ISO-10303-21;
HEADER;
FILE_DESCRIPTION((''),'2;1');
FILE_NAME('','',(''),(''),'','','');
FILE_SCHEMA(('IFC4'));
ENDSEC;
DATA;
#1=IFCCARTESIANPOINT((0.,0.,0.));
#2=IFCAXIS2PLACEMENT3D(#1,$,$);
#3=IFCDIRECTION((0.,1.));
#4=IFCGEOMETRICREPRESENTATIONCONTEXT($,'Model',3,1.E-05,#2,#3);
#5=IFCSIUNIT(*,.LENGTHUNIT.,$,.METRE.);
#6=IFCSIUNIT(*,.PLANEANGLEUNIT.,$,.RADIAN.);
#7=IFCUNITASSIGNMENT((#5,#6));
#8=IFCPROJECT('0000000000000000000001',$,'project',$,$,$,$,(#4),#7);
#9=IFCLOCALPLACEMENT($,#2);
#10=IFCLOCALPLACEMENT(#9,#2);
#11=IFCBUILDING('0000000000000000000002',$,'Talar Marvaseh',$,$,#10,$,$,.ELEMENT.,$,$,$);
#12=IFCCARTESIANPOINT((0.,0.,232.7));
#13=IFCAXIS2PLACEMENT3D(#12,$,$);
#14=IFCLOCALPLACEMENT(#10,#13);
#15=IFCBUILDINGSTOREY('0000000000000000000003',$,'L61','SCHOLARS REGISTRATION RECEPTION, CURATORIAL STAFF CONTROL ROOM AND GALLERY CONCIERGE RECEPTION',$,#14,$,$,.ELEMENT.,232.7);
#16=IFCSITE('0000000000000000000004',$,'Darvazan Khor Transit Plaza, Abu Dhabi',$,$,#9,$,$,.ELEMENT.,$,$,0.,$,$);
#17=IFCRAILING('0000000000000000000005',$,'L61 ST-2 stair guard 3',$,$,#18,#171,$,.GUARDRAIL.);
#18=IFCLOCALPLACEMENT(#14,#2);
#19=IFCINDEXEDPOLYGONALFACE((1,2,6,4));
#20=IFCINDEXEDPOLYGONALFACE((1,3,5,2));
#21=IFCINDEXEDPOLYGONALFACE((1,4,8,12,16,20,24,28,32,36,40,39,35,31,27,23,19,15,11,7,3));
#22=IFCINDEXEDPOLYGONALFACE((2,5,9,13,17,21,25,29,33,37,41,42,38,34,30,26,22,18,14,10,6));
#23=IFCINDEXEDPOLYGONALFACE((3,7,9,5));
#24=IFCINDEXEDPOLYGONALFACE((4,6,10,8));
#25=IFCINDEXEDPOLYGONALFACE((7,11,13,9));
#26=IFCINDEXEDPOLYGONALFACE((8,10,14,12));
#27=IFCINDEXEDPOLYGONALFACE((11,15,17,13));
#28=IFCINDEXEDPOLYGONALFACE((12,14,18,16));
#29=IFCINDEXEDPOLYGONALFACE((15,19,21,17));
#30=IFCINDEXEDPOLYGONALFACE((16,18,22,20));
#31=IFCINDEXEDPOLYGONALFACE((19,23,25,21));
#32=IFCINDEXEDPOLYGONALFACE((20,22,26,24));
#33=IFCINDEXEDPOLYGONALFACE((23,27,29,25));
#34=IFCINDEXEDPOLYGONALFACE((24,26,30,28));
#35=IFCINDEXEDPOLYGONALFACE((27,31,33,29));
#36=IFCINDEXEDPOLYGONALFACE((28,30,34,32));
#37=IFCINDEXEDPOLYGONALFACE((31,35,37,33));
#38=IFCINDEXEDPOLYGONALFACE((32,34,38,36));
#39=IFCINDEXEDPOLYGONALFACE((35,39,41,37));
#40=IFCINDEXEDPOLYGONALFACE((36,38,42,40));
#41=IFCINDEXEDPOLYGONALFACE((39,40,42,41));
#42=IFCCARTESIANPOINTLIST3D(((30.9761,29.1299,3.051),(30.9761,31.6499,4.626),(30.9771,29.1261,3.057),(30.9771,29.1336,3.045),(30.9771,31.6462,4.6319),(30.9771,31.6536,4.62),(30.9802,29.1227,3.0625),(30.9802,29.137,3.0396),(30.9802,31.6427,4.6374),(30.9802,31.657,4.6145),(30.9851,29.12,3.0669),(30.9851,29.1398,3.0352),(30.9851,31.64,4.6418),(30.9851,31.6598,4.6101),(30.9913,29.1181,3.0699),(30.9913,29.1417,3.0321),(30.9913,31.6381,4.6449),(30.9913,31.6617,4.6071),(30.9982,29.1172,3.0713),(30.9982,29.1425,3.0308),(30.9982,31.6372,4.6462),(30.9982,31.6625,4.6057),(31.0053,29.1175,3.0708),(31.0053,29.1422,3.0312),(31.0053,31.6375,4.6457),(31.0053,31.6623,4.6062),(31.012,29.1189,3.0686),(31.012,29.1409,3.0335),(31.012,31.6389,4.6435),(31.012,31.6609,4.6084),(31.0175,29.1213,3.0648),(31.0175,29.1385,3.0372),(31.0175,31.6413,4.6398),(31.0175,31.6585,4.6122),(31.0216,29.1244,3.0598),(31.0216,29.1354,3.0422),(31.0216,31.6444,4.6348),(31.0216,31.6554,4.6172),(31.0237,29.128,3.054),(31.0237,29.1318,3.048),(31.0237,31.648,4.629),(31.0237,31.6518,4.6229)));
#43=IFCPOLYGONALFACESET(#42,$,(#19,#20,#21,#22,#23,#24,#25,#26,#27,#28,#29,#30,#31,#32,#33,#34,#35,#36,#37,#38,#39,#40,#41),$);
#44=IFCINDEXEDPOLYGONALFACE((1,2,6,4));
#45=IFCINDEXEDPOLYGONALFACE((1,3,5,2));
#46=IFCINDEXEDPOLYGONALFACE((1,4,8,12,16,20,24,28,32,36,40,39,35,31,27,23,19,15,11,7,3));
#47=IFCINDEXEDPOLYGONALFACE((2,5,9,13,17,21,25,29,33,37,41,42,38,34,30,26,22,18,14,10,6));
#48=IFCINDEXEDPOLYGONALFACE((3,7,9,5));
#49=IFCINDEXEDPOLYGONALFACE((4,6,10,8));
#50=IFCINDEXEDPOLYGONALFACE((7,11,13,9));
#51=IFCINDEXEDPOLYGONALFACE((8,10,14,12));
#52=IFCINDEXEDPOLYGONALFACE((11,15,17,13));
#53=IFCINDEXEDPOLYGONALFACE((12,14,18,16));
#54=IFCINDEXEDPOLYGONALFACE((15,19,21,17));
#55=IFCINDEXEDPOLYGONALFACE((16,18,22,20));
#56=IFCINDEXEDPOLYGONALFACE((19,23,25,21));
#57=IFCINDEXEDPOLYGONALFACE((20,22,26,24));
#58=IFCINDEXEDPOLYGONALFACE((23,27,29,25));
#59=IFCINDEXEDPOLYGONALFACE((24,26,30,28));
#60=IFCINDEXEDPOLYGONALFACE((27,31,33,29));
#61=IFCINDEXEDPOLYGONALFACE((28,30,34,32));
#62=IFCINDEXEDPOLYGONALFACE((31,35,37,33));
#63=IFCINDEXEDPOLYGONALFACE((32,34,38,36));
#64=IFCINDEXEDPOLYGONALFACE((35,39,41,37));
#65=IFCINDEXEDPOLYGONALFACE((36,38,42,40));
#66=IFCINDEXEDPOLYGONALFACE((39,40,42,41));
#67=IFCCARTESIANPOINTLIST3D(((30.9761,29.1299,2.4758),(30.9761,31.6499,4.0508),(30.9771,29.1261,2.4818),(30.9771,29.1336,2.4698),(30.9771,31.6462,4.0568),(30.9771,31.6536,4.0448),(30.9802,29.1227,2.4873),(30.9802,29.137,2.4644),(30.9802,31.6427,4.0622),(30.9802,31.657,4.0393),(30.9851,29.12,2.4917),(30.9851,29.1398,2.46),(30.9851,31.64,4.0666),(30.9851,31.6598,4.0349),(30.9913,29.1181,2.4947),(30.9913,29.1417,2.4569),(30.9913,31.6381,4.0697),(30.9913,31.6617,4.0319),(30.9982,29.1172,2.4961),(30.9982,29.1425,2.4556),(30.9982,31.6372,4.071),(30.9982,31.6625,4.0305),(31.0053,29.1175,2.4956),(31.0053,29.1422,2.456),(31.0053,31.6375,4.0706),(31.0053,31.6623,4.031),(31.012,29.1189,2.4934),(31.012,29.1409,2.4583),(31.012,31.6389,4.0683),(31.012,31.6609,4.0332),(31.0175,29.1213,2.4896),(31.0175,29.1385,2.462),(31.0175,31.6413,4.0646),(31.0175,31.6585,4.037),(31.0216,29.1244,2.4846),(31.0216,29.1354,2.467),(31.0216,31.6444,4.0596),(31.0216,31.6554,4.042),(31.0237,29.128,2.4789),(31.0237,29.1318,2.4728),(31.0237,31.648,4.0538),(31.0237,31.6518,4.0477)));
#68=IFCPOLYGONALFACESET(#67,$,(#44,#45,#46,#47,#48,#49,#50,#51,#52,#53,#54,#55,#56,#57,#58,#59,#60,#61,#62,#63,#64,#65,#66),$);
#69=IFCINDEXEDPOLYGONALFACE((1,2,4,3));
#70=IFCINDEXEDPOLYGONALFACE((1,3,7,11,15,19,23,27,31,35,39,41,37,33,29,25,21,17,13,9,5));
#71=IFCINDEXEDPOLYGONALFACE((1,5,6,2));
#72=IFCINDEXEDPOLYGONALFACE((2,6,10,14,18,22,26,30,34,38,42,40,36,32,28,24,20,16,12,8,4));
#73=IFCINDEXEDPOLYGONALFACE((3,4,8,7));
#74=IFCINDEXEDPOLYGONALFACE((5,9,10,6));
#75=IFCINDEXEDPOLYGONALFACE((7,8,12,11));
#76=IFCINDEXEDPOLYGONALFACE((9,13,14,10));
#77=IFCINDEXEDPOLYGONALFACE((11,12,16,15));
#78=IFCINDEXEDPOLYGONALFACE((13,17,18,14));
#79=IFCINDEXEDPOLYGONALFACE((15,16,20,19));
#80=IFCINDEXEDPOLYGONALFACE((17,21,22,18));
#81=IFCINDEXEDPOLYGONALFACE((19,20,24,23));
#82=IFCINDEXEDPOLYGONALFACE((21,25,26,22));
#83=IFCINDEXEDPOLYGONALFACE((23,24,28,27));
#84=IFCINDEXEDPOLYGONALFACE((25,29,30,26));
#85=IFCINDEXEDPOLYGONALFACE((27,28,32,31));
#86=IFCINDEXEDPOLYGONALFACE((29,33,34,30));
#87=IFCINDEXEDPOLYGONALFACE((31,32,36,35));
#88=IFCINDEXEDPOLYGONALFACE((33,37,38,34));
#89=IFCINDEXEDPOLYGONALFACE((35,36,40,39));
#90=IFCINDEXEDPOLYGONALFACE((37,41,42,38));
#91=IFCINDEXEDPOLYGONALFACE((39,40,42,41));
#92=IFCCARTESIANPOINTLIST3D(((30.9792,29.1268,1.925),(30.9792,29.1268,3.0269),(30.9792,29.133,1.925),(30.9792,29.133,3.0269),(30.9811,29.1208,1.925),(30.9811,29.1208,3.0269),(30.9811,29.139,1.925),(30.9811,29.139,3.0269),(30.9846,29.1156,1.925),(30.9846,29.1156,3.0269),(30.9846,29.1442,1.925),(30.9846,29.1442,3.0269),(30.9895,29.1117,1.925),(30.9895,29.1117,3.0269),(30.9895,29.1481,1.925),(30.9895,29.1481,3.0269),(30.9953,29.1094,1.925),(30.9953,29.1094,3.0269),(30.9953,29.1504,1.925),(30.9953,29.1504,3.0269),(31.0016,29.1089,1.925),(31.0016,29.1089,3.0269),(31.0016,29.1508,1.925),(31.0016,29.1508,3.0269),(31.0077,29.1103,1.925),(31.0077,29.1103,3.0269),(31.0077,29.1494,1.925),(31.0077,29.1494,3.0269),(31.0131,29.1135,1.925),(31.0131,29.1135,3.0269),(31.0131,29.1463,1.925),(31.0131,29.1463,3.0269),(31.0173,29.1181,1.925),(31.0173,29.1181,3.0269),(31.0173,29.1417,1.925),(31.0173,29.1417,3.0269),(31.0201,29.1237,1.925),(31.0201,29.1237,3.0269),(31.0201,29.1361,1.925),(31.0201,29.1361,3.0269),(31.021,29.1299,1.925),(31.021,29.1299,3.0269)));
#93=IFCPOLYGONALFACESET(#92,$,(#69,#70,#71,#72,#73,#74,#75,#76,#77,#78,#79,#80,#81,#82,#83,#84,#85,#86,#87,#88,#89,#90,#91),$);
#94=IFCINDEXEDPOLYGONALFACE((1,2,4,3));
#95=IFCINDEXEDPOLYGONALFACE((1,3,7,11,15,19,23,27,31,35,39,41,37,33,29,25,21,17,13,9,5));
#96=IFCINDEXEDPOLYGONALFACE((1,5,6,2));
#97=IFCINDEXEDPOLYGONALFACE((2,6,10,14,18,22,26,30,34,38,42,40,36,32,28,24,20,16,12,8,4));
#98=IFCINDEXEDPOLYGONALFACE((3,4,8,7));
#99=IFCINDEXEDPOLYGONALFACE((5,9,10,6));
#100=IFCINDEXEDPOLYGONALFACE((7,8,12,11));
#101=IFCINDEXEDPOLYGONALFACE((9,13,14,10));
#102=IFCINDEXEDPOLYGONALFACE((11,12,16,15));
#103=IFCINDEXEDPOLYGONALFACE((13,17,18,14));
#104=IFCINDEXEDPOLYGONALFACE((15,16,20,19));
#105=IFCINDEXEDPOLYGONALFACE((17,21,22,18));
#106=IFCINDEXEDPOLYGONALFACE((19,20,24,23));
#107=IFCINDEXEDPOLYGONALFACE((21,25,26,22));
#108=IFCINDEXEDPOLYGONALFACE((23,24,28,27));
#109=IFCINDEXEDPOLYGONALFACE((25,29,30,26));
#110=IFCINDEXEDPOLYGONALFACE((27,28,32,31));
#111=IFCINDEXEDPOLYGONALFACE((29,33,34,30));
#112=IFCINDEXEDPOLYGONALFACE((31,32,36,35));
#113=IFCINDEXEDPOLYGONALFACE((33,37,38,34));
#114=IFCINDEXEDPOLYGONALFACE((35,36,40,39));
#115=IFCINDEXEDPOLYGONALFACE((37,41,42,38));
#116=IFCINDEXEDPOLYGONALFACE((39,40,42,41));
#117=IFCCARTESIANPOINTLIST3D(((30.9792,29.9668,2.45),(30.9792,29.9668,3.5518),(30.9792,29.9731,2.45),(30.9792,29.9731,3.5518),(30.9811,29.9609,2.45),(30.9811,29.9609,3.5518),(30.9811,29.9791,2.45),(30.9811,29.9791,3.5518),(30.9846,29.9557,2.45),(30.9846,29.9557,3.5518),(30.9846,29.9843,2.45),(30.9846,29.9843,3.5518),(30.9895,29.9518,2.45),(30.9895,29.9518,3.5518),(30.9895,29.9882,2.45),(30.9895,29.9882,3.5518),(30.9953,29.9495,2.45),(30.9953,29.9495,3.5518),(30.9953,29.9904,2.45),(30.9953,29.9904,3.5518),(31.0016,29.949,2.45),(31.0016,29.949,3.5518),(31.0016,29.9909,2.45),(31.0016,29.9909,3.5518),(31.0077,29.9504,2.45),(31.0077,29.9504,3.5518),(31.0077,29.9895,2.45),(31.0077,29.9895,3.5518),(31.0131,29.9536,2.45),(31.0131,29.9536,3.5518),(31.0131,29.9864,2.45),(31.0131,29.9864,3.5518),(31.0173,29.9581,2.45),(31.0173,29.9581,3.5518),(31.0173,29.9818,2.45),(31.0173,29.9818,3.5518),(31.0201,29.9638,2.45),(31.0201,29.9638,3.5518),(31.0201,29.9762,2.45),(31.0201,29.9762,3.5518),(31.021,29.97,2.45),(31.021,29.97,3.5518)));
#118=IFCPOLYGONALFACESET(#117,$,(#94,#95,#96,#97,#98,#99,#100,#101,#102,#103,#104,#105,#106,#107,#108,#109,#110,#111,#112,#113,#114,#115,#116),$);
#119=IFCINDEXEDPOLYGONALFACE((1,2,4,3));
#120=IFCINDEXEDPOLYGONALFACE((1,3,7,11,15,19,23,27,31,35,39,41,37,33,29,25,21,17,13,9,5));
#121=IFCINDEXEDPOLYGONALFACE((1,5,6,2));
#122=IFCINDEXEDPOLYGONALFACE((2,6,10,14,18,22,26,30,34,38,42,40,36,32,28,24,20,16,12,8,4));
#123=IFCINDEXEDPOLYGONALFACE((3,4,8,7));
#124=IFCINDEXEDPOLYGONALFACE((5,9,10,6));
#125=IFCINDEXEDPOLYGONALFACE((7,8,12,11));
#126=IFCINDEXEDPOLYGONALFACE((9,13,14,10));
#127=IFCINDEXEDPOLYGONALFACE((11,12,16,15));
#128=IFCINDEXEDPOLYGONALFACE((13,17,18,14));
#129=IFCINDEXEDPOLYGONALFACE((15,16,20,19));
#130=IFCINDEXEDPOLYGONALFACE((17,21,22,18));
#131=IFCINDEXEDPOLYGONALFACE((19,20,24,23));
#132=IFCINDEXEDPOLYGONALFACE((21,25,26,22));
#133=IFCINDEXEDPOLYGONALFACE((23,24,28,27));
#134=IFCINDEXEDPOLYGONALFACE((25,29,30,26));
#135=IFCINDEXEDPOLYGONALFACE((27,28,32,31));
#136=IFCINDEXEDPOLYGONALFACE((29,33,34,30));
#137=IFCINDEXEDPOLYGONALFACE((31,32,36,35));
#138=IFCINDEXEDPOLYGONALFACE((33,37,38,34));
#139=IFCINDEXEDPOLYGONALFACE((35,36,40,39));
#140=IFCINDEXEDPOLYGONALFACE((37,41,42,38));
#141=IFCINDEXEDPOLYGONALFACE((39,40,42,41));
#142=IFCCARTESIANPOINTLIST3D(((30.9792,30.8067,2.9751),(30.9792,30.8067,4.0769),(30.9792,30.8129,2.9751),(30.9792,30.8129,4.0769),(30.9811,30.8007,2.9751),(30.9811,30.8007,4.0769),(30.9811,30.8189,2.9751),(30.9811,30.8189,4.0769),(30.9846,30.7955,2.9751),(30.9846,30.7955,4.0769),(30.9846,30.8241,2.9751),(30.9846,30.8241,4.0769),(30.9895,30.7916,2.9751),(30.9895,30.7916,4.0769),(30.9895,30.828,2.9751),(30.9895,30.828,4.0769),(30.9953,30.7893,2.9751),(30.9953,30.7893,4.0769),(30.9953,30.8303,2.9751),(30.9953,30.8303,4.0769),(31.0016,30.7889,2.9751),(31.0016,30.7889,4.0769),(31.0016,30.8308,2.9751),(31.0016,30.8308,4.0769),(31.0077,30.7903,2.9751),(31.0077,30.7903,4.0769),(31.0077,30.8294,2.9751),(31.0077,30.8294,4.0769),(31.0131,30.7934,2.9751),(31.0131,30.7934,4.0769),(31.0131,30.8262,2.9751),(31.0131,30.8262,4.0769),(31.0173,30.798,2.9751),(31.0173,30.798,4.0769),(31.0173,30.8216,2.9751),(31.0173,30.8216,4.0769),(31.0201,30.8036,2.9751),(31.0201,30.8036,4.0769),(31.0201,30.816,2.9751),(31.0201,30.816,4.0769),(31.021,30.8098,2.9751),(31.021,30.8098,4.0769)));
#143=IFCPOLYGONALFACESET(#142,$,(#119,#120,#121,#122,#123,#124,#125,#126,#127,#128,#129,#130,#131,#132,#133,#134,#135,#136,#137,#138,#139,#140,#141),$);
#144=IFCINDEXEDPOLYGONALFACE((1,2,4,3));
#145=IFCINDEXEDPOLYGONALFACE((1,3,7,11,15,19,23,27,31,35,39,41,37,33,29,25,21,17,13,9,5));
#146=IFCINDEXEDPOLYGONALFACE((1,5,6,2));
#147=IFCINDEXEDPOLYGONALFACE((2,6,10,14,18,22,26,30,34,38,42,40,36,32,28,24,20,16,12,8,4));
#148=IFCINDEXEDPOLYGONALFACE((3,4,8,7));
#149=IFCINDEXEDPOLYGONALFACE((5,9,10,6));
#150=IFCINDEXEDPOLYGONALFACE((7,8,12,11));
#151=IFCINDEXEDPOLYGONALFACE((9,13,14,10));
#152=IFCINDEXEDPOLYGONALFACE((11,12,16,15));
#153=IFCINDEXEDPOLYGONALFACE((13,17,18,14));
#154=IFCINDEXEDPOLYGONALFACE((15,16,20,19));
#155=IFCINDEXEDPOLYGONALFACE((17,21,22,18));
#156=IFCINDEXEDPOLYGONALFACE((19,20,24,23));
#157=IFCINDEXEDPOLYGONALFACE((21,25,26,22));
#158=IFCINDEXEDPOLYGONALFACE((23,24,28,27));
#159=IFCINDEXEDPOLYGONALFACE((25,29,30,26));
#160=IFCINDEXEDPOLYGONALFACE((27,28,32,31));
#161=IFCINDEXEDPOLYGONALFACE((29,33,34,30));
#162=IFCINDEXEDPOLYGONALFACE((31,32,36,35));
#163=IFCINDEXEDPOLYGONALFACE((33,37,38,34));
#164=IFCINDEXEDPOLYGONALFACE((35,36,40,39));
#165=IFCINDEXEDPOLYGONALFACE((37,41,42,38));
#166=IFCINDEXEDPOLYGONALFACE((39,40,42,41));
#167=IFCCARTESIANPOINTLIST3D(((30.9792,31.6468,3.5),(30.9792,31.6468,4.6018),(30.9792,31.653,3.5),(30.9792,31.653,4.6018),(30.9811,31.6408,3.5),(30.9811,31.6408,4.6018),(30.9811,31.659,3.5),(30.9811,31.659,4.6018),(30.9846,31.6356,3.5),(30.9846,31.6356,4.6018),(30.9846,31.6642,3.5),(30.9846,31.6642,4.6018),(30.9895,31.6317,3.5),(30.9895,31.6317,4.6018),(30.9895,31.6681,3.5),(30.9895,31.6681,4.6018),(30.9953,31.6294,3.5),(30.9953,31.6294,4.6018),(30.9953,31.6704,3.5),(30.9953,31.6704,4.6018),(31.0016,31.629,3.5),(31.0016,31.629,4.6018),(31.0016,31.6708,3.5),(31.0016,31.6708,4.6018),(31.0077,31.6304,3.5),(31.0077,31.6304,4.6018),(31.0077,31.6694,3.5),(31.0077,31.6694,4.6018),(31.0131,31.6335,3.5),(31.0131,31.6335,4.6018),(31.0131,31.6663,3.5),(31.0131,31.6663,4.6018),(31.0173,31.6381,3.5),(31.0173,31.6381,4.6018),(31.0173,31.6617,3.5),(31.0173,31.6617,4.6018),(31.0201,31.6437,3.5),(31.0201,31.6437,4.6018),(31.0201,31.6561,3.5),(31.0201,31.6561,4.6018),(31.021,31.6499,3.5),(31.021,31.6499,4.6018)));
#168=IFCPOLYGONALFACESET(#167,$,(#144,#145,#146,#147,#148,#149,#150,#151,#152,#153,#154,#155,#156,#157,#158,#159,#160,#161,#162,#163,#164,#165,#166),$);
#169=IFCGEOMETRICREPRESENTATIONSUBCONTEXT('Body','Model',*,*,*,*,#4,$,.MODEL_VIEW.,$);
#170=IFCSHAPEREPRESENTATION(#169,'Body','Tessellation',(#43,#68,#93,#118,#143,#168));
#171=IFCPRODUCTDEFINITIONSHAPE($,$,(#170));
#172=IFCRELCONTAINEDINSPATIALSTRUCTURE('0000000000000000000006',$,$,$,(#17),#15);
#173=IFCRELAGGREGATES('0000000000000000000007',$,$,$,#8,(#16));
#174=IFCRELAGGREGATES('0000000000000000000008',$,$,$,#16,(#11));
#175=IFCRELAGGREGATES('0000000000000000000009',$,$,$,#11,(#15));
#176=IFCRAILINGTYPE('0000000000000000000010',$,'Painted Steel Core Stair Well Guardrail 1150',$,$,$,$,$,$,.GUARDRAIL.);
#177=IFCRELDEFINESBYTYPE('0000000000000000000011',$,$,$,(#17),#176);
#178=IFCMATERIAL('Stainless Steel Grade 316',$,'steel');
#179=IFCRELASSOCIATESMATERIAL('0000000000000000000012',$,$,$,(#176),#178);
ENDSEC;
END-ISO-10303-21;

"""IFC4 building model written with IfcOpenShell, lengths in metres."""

from ifc_helpers import new_model, si_unit, direction, frame, origin, origin_2d, place, context, subcontext, project, spatial, circle, extrude, material, type_object, element, save


model = new_model("IFC4")

# Units and contexts
model_context = context("Model", 3, precision=1e-05, world=origin(), true_north=direction((0.0, 1.0)))
body_context = subcontext(model_context, "Body", "Model", "MODEL_VIEW")
ifc_project = project(units=[si_unit("LENGTHUNIT", "METRE"), si_unit("PLANEANGLEUNIT", "RADIAN")], contexts=[model_context])

# Site, building, storey
site_placement = place(None, origin())
site = spatial("IfcSite", under=ifc_project, at=site_placement, Name="Darvazan Khor Transit Plaza, Abu Dhabi", CompositionType="ELEMENT", RefElevation=0.0)
building_placement = place(site_placement, origin())
building = spatial("IfcBuilding", under=site, at=building_placement, Name="Talar Marvaseh", CompositionType="ELEMENT")
storey_placement = place(building_placement, frame((0.0, 0.0, 232.7)))
storey = spatial("IfcBuildingStorey", under=building, at=storey_placement, Name="L61", Description="SCHOLARS REGISTRATION RECEPTION, CURATORIAL STAFF CONTROL ROOM AND GALLERY CONCIERGE RECEPTION", CompositionType="ELEMENT", Elevation=232.7)

# Shared definitions
ifc_material_1 = material(Name="Stainless Steel Grade 316", Category="steel")

# Railing
railing_type_1 = type_object("IfcRailingType", Name="Painted Steel Core Stair Well Guardrail 1150", PredefinedType="GUARDRAIL", material=ifc_material_1)
railing_1_placement = place(storey_placement, frame((31.0, 29.1299, 1.925)))
element("IfcRailing", 1, at=railing_1_placement, inside=storey, type_object=railing_type_1, Name="L61 ST-2 stair guard 3", PredefinedType="GUARDRAIL", context=body_context, shape_type="SweptSolid", body=[
    extrude(circle(Radius=0.0239, at=origin_2d()), frame((0.0, 0.0, 1.126), z_axis=(0.0, 0.848008, 0.529984), x_axis=(-1.0, 0.0, 0.0)), (0.0, 0.0, 1.0), 2.9717),
    extrude(circle(Radius=0.0239, at=origin_2d()), frame((0.0, 0.0, 0.5508), z_axis=(0.0, 0.848008, 0.529984), x_axis=(-1.0, 0.0, 0.0)), (0.0, 0.0, 1.0), 2.9717),
    extrude(circle(Radius=0.021, at=origin_2d()), origin(), (0.0, 0.0, 1.0), 1.1018),
    extrude(circle(Radius=0.021, at=origin_2d()), frame((0.0, 0.8401, 0.5249)), (0.0, 0.0, 1.0), 1.1018),
    extrude(circle(Radius=0.021, at=origin_2d()), frame((0.0, 1.6799, 1.05)), (0.0, 0.0, 1.0), 1.1018),
    extrude(circle(Radius=0.021, at=origin_2d()), frame((0.0, 2.52, 1.575)), (0.0, 0.0, 1.0), 1.1018),
])

save(model, "model.ifc")
